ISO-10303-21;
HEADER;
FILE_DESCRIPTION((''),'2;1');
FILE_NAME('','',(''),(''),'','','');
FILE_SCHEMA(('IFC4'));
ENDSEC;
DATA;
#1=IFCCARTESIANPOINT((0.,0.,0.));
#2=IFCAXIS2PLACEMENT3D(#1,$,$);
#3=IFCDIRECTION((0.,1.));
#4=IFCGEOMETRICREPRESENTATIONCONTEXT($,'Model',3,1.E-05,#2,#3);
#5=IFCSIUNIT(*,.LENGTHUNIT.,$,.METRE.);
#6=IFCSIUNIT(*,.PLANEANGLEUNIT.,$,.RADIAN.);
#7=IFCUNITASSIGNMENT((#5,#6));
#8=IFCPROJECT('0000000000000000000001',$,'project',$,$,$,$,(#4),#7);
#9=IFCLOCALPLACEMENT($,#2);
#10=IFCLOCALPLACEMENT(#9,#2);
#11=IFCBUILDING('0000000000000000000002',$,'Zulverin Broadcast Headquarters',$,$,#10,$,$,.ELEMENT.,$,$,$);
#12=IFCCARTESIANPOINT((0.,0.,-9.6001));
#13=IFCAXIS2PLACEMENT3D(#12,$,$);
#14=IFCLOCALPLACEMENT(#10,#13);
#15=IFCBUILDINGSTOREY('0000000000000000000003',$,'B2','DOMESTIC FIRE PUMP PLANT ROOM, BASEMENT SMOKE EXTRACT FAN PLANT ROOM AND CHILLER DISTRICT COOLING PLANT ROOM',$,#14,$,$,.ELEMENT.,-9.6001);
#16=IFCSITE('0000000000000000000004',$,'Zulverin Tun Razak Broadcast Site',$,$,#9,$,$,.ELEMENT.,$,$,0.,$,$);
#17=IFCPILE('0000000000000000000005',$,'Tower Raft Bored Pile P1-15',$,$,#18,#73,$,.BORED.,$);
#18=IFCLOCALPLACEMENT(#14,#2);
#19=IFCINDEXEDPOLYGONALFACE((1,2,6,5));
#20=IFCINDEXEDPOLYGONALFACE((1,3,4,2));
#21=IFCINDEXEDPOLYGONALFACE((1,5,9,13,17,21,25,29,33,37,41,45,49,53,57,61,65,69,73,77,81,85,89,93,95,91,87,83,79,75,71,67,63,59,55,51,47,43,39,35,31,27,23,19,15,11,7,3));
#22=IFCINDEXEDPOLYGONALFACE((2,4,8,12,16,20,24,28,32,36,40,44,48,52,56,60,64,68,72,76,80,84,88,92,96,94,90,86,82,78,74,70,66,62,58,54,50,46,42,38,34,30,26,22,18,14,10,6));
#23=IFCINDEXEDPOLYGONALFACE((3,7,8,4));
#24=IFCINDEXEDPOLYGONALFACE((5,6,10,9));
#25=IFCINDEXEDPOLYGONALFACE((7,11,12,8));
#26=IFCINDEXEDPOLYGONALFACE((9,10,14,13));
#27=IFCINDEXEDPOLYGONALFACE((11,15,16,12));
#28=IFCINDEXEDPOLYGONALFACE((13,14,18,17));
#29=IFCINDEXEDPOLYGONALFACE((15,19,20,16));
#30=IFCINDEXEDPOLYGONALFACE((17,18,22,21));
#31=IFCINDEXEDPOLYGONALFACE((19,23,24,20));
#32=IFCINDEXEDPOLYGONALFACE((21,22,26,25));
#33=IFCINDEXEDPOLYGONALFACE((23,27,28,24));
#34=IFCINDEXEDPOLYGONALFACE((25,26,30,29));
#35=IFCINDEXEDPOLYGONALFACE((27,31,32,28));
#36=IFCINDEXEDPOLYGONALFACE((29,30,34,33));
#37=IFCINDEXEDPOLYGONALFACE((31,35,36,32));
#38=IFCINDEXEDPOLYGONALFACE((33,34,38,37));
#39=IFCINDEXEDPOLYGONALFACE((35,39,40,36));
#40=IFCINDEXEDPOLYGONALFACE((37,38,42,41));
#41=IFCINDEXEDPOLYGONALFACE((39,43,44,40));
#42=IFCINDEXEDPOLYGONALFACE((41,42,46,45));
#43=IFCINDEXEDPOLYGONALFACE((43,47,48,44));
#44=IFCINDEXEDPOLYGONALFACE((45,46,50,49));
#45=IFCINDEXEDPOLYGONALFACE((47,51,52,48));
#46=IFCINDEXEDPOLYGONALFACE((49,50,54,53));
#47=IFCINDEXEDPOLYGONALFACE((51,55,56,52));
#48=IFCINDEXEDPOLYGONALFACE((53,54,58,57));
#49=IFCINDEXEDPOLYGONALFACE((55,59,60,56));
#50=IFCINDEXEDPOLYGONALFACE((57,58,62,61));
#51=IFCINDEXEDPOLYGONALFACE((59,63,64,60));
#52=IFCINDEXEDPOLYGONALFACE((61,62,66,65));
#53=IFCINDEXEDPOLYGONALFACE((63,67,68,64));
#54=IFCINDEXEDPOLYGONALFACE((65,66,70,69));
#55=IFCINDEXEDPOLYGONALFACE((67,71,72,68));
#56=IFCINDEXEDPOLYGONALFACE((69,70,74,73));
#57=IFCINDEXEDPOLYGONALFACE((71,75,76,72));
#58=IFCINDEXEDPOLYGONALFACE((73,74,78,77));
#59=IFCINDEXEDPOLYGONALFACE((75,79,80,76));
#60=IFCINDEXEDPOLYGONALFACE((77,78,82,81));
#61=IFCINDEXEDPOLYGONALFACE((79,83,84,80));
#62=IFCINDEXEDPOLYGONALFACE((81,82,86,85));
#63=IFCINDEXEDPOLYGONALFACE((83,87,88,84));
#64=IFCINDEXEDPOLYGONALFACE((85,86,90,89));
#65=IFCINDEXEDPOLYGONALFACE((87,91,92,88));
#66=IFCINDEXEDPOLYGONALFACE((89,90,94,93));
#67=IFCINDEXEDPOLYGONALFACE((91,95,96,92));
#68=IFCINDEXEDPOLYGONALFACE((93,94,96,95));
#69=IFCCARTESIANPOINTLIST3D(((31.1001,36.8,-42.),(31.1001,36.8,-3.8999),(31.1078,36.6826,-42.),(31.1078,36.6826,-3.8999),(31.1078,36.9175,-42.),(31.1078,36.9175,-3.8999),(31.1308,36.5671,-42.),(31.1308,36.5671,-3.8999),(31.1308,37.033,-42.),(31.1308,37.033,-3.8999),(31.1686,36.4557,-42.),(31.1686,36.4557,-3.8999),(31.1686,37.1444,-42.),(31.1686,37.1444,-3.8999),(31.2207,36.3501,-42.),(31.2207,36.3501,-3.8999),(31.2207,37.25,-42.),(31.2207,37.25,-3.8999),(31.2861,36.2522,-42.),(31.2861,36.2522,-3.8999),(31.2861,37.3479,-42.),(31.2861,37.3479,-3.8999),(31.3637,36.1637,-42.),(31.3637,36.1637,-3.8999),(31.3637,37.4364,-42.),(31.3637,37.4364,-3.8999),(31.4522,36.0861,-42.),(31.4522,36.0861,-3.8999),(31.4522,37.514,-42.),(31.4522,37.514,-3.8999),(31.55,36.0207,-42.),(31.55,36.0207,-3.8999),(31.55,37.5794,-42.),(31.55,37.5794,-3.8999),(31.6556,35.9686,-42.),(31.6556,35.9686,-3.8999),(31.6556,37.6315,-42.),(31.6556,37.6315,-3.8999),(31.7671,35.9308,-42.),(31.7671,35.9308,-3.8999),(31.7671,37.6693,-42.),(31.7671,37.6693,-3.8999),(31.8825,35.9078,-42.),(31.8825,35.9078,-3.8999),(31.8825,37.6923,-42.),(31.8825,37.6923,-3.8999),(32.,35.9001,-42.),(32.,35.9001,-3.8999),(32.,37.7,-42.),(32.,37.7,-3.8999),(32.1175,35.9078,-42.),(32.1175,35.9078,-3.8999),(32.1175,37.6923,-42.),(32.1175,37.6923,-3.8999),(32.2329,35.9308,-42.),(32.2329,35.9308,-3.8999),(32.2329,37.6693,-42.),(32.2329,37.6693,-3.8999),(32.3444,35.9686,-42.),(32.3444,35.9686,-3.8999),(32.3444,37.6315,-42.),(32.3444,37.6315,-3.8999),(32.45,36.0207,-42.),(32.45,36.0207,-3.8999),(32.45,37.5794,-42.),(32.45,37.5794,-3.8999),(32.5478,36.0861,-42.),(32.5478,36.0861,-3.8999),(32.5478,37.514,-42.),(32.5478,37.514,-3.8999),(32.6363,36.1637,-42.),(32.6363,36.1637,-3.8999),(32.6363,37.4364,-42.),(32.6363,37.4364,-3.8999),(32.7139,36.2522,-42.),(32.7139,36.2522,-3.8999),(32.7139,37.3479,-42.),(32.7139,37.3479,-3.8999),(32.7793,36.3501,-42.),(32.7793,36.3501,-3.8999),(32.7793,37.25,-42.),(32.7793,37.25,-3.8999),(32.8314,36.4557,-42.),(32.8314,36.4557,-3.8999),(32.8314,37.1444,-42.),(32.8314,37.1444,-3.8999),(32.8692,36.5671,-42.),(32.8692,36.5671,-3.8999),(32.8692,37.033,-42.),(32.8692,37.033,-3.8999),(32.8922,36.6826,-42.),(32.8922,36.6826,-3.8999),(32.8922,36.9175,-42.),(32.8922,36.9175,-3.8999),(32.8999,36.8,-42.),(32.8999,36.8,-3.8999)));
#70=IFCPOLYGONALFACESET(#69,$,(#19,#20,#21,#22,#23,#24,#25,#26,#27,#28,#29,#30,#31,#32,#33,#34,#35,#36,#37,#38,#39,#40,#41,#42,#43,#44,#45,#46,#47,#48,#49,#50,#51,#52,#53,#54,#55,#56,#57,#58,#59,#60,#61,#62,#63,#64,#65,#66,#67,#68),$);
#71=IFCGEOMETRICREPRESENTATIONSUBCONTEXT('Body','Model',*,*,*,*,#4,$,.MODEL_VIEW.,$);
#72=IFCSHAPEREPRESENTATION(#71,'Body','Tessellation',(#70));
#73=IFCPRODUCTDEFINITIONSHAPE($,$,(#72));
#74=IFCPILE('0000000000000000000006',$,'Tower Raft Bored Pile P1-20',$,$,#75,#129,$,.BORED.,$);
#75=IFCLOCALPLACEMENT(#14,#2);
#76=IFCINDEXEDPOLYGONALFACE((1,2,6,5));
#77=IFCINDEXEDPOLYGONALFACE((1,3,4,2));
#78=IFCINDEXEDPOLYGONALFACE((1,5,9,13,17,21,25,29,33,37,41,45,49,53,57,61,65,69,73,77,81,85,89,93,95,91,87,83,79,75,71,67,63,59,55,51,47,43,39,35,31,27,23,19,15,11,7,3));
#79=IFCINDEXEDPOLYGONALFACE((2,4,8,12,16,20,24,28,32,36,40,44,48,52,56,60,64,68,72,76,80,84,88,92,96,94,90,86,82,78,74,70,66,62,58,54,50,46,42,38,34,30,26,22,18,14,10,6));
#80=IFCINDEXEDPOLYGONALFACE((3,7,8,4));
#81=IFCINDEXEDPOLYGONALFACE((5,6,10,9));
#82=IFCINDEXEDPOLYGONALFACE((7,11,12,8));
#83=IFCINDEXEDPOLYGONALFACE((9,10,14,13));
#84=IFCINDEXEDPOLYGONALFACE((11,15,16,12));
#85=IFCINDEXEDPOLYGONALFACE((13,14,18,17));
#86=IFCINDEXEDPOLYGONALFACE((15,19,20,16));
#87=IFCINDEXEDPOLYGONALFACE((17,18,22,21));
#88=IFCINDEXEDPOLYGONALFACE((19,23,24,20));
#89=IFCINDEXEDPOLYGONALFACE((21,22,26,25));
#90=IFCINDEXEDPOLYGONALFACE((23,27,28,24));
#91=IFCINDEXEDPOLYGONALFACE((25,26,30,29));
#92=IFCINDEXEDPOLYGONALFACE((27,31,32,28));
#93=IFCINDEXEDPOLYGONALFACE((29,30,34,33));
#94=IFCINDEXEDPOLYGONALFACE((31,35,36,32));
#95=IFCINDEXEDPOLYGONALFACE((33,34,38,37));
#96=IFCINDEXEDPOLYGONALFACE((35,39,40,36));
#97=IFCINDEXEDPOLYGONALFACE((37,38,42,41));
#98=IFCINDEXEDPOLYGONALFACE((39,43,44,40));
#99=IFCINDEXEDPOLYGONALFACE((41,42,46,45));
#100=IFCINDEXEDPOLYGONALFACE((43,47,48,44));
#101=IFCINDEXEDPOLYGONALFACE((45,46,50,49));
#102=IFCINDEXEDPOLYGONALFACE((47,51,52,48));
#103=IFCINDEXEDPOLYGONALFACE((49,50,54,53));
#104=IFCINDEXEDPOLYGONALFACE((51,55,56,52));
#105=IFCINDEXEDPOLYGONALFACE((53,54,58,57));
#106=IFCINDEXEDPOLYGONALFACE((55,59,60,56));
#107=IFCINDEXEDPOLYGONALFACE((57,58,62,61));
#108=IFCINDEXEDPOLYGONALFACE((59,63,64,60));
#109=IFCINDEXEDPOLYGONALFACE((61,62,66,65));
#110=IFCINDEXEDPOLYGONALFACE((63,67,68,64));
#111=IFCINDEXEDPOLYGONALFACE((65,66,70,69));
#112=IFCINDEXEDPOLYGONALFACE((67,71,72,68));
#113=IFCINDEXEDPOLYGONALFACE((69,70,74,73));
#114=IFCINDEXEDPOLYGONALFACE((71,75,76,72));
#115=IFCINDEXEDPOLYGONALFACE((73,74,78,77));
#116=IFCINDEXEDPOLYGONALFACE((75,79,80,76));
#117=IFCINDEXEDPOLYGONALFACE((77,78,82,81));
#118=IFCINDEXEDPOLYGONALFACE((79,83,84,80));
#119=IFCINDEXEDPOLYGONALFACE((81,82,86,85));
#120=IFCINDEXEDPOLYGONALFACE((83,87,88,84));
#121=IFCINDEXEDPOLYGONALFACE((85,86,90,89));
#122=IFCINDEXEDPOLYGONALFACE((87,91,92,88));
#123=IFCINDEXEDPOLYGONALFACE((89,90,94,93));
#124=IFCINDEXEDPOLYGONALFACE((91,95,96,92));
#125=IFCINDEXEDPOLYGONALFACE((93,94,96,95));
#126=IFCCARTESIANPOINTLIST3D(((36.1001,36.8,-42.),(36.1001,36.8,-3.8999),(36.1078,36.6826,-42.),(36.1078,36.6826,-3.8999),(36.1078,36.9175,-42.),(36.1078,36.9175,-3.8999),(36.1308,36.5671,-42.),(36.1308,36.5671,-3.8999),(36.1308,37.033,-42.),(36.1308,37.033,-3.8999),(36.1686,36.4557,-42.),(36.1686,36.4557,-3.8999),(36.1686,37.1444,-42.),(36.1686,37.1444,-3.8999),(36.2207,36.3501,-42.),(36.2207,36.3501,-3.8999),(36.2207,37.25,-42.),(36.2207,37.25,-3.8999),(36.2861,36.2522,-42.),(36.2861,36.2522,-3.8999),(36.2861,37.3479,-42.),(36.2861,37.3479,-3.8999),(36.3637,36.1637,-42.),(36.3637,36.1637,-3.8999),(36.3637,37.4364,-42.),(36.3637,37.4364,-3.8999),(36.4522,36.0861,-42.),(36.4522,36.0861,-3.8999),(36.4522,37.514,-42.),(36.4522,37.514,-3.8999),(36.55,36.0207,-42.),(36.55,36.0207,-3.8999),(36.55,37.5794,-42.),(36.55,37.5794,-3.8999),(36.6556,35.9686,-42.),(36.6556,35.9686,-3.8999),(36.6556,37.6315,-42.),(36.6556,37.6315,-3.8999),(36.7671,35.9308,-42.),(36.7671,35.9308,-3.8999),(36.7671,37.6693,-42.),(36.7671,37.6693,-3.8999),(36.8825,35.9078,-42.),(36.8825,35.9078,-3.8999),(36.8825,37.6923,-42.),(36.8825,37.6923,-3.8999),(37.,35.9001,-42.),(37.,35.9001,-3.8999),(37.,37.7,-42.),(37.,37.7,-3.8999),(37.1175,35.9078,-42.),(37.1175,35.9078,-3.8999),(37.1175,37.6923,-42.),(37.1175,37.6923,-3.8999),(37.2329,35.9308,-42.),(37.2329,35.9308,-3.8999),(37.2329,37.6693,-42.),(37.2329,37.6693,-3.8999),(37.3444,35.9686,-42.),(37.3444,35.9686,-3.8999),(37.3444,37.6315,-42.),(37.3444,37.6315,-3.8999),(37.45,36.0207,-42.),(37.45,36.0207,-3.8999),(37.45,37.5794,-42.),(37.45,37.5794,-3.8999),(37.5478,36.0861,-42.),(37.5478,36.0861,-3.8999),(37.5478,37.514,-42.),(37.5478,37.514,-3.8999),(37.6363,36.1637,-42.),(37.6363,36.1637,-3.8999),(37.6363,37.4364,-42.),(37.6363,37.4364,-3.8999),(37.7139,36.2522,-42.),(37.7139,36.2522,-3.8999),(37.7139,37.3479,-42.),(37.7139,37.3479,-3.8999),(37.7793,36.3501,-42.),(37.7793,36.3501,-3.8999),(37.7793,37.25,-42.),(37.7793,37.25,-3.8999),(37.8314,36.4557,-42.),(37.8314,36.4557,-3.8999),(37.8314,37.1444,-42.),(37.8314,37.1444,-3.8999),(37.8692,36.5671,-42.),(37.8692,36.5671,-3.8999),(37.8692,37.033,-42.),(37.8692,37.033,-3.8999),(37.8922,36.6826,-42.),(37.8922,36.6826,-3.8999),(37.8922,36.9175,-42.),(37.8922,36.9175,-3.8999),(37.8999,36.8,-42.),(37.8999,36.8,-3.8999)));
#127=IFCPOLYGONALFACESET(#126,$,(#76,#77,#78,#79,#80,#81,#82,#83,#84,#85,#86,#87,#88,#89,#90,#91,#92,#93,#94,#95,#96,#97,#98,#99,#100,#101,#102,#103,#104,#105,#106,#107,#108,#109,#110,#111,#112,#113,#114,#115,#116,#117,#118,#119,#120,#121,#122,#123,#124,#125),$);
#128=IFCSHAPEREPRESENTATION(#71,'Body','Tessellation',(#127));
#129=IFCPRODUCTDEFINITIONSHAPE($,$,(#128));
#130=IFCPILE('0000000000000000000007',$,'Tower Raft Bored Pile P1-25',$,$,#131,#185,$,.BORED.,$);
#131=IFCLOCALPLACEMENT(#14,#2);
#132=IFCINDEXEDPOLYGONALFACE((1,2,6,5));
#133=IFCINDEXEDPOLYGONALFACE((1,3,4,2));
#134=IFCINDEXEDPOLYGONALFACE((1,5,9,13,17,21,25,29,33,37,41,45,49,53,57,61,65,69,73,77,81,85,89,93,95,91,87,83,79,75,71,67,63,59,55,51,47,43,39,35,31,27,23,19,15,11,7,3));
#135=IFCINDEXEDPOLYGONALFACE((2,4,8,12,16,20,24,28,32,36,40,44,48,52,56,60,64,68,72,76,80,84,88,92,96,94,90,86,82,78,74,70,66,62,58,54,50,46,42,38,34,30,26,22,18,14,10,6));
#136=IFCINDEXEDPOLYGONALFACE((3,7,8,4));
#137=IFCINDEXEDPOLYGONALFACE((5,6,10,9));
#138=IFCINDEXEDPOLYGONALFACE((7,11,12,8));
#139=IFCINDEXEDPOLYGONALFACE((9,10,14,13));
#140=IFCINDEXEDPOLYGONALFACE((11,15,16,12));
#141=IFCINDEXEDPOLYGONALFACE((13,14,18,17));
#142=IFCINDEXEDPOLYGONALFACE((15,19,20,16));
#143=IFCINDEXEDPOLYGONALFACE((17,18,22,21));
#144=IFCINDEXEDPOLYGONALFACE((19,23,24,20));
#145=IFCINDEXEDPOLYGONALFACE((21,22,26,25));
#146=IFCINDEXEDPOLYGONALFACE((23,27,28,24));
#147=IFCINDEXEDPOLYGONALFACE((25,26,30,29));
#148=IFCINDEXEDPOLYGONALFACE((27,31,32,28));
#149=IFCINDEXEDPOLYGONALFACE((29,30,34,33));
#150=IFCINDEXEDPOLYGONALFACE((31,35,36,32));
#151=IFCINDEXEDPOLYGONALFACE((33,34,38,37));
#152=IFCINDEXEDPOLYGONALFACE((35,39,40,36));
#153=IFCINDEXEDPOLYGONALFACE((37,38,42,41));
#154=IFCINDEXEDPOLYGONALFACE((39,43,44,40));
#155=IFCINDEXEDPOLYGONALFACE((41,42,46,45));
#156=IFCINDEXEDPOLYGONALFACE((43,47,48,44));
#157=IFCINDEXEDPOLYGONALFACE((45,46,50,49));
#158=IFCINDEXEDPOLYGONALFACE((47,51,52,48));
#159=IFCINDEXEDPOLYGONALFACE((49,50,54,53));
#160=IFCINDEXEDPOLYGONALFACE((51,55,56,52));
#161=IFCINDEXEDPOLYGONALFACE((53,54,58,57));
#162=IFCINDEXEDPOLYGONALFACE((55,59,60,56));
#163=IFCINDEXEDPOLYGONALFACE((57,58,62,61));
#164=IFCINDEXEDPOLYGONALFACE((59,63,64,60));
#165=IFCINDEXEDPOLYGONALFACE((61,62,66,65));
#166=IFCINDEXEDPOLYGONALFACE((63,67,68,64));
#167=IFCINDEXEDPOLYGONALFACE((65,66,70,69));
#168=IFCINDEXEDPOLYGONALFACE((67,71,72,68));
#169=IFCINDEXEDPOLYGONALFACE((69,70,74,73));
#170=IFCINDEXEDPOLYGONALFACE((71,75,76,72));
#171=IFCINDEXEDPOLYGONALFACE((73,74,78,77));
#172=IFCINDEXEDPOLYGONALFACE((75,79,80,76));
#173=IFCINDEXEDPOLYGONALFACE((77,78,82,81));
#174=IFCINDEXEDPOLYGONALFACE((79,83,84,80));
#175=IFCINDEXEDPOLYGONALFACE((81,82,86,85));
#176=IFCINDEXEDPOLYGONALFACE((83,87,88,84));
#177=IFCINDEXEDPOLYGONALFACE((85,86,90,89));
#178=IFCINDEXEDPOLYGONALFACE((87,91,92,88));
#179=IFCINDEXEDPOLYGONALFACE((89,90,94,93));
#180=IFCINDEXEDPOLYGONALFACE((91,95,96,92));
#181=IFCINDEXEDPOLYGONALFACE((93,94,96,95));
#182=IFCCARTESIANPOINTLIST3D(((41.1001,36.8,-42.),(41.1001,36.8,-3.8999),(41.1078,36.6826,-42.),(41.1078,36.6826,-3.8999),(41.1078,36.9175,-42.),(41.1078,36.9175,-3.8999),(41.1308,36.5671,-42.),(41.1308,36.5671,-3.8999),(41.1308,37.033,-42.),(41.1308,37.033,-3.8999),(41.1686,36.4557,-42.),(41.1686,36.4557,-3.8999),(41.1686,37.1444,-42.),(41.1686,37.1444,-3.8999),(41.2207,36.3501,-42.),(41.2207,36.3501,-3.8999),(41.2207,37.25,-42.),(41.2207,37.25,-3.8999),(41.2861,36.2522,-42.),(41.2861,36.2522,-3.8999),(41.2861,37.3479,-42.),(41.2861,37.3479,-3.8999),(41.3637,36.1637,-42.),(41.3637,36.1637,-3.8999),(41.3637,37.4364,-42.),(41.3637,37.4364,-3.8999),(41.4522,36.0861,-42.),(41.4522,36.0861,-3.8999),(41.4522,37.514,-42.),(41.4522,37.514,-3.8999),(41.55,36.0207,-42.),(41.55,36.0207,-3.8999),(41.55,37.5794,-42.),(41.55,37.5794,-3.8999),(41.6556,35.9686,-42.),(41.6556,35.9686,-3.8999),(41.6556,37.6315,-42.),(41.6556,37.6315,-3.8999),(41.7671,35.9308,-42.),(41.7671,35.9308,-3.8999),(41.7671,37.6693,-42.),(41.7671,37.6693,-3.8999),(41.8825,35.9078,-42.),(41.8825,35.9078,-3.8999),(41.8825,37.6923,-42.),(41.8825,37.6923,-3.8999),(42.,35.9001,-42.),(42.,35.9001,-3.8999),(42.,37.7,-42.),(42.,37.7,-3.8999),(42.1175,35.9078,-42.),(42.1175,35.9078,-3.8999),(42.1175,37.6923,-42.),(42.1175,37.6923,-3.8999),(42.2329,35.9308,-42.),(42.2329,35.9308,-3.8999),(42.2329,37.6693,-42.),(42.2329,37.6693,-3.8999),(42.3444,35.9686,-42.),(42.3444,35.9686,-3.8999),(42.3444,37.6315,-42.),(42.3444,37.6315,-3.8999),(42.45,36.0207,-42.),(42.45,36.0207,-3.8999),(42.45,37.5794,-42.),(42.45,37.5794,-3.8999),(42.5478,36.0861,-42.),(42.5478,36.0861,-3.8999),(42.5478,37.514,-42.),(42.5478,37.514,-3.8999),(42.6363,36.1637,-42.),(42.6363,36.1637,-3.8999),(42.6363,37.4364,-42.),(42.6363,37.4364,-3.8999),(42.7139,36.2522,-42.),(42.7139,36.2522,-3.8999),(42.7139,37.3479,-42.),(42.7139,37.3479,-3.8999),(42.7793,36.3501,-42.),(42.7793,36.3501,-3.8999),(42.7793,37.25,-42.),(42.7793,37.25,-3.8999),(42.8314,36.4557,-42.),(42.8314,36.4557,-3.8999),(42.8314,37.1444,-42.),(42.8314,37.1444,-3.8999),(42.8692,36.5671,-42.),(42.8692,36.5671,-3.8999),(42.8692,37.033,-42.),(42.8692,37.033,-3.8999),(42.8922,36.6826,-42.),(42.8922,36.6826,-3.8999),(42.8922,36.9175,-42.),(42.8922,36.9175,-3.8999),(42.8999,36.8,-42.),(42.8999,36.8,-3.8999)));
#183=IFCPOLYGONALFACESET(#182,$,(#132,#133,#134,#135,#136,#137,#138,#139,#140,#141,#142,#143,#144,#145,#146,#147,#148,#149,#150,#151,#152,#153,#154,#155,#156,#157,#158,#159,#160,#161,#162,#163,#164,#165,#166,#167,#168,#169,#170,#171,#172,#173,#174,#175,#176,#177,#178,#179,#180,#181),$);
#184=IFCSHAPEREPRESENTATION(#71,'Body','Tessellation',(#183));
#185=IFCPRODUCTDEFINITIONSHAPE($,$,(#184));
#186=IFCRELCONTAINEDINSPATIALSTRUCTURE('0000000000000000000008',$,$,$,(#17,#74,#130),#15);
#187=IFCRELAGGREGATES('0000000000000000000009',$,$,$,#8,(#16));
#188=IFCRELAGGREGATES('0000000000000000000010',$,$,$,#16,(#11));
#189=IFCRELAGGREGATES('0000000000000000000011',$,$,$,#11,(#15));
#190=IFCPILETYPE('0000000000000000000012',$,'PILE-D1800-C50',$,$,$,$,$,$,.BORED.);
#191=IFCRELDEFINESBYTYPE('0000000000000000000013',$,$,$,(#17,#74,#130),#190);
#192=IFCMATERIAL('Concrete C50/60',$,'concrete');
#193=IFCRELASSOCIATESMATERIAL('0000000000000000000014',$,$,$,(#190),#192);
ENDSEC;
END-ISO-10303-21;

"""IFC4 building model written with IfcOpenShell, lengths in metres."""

from ifc_helpers import new_model, si_unit, direction, frame, origin, origin_2d, place, context, subcontext, project, spatial, circle, extrude, material, material_profile, profile_set, type_object, element, save


model = new_model("IFC4")

# Units and contexts
model_context = context("Model", 3, precision=1e-05, world=origin(), true_north=direction((0.0, 1.0)))
body_context = subcontext(model_context, "Body", "Model", "MODEL_VIEW")
ifc_project = project(units=[si_unit("LENGTHUNIT", "METRE"), si_unit("PLANEANGLEUNIT", "RADIAN")], contexts=[model_context])

# Site, building, storey
site_placement = place(None, origin())
site = spatial("IfcSite", under=ifc_project, at=site_placement, Name="Zulverin Tun Razak Broadcast Site", CompositionType="ELEMENT", RefElevation=0.0)
building_placement = place(site_placement, origin())
building = spatial("IfcBuilding", under=site, at=building_placement, Name="Zulverin Broadcast Headquarters", CompositionType="ELEMENT")
storey_placement = place(building_placement, frame((0.0, 0.0, -9.6001)))
storey = spatial("IfcBuildingStorey", under=building, at=storey_placement, Name="B2", Description="DOMESTIC FIRE PUMP PLANT ROOM, BASEMENT SMOKE EXTRACT FAN PLANT ROOM AND CHILLER DISTRICT COOLING PLANT ROOM", CompositionType="ELEMENT", Elevation=-9.6001)

# Shared definitions
ifc_material_1 = material(Name="Concrete C50/60", Category="concrete")

# Piles
ifc_material_profile_1 = material_profile(ifc_material_1, circle(Radius=0.8999, at=origin_2d()), Name="Concrete C50/60", Category="concrete")
ifc_profile_set_1 = profile_set([ifc_material_profile_1], Name="Concrete C50/60")
pile_type_1 = type_object("IfcPileType", Name="PILE-D1800-C50", PredefinedType="BORED", material=ifc_profile_set_1)
for number, where, z_axis, x_axis, name in (
    (1, (32.0, 36.8, -3.8999), (0.0, 0.0, -1.0), (1.0, 0.0, 0.0), "Tower Raft Bored Pile P1-15"),
    (2, (37.0, 36.8, -3.8999), (0.0, 0.0, -1.0), (1.0, 0.0, 0.0), "Tower Raft Bored Pile P1-20"),
    (3, (42.0, 36.8, -3.8999), (0.0, 0.0, -1.0), (1.0, 0.0, 0.0), "Tower Raft Bored Pile P1-25"),
):
    element("IfcPile", number, at=place(storey_placement, frame(where, z_axis=z_axis, x_axis=x_axis)), inside=storey, type_object=pile_type_1, Name=name, PredefinedType="BORED", context=body_context, shape_type="SweptSolid", body=[
        extrude(circle(Radius=0.8999, at=origin_2d()), origin(), (0.0, 0.0, 1.0), 38.1001),
    ])

save(model, "model.ifc")
